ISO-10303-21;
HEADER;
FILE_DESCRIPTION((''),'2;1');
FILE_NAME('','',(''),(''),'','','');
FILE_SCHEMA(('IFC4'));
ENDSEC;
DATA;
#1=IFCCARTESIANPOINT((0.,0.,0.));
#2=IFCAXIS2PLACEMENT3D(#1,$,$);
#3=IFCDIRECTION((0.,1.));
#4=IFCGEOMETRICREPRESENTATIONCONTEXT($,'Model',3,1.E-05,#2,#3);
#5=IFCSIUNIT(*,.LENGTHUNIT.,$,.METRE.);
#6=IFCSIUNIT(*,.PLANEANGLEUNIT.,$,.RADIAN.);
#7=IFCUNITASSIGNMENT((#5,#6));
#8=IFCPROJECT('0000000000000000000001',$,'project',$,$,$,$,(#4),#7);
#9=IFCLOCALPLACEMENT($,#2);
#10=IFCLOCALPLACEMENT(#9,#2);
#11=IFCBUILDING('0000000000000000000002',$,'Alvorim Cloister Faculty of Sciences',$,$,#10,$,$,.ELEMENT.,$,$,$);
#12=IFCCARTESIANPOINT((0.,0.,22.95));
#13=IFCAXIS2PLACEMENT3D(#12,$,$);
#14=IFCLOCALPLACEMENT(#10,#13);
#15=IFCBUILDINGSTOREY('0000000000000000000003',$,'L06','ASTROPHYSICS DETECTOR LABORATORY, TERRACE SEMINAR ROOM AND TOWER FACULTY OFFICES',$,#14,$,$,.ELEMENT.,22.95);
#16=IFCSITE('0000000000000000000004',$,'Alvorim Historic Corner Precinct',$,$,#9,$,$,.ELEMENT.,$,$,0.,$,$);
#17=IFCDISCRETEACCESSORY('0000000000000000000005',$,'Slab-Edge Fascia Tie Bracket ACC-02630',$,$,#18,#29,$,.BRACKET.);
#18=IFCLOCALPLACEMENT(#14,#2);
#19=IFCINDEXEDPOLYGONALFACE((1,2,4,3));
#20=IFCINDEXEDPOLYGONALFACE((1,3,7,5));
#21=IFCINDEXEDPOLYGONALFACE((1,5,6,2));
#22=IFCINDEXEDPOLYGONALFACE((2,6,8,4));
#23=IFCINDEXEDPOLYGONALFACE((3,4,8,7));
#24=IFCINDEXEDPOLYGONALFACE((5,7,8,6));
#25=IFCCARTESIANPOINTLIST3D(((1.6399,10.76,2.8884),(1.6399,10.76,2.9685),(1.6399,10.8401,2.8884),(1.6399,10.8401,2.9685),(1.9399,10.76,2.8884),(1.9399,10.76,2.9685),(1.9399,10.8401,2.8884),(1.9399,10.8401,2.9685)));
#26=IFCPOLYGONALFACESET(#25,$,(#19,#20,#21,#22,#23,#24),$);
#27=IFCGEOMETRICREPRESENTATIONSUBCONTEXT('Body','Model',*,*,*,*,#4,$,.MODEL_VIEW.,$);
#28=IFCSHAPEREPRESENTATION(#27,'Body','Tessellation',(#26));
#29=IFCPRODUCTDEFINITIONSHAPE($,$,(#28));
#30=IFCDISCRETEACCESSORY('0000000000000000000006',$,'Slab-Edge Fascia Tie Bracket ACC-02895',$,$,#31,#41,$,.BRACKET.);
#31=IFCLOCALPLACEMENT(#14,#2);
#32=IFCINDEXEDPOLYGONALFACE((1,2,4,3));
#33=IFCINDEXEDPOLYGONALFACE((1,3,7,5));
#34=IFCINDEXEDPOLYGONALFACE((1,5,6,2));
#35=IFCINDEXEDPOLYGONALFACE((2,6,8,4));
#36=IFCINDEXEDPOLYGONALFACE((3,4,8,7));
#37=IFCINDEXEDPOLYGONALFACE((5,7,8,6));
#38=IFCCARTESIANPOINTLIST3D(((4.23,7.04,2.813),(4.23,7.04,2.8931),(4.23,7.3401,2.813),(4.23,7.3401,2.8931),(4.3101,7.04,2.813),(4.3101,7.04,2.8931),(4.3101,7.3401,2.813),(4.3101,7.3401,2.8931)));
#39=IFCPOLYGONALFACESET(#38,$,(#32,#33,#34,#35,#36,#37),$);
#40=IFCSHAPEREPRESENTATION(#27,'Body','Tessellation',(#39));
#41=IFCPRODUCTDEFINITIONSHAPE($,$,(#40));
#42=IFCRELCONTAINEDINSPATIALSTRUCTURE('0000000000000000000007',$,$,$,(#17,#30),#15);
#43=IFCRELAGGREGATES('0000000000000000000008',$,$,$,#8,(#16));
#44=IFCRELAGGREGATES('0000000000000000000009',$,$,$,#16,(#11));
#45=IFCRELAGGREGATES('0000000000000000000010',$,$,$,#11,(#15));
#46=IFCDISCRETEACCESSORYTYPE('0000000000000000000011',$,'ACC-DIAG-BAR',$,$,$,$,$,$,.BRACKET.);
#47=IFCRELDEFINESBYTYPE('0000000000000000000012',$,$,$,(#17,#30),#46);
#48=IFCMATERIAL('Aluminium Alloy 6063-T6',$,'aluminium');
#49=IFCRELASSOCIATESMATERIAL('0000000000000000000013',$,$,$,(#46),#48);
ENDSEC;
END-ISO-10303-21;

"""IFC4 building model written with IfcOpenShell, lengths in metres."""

from ifc_helpers import new_model, si_unit, direction, frame, origin, origin_2d, place, context, subcontext, project, spatial, rectangle, extrude, material, type_object, element, save


model = new_model("IFC4")

# Units and contexts
model_context = context("Model", 3, precision=1e-05, world=origin(), true_north=direction((0.0, 1.0)))
body_context = subcontext(model_context, "Body", "Model", "MODEL_VIEW")
ifc_project = project(units=[si_unit("LENGTHUNIT", "METRE"), si_unit("PLANEANGLEUNIT", "RADIAN")], contexts=[model_context])

# Site, building, storey
site_placement = place(None, origin())
site = spatial("IfcSite", under=ifc_project, at=site_placement, Name="Alvorim Historic Corner Precinct", CompositionType="ELEMENT", RefElevation=0.0)
building_placement = place(site_placement, origin())
building = spatial("IfcBuilding", under=site, at=building_placement, Name="Alvorim Cloister Faculty of Sciences", CompositionType="ELEMENT")
storey_placement = place(building_placement, frame((0.0, 0.0, 22.95)))
storey = spatial("IfcBuildingStorey", under=building, at=storey_placement, Name="L06", Description="ASTROPHYSICS DETECTOR LABORATORY, TERRACE SEMINAR ROOM AND TOWER FACULTY OFFICES", CompositionType="ELEMENT", Elevation=22.95)

# Shared definitions
ifc_material_1 = material(Name="Aluminium Alloy 6063-T6", Category="aluminium")

# Discrete accessories
discrete_accessory_type_1 = type_object("IfcDiscreteAccessoryType", Name="ACC-DIAG-BAR", PredefinedType="BRACKET", material=ifc_material_1)
for number, where, z_axis, x_axis, name in (
    (1, (1.9399, 10.8, 2.9285), (-1.0, 0.0, 0.0), (0.0, -1.0, 0.0), "Slab-Edge Fascia Tie Bracket ACC-02630"),
    (2, (4.27, 7.3401, 2.853), (0.0, -1.0, 0.0), (1.0, 0.0, 0.0), "Slab-Edge Fascia Tie Bracket ACC-02895"),
):
    element("IfcDiscreteAccessory", number, at=place(storey_placement, frame(where, z_axis=z_axis, x_axis=x_axis)), inside=storey, type_object=discrete_accessory_type_1, Name=name, PredefinedType="BRACKET", context=body_context, shape_type="SweptSolid", body=[
        extrude(rectangle(XDim=0.0801, YDim=0.0801, at=origin_2d()), origin(), (0.0, 0.0, 1.0), 0.3),
    ])

save(model, "model.ifc")
